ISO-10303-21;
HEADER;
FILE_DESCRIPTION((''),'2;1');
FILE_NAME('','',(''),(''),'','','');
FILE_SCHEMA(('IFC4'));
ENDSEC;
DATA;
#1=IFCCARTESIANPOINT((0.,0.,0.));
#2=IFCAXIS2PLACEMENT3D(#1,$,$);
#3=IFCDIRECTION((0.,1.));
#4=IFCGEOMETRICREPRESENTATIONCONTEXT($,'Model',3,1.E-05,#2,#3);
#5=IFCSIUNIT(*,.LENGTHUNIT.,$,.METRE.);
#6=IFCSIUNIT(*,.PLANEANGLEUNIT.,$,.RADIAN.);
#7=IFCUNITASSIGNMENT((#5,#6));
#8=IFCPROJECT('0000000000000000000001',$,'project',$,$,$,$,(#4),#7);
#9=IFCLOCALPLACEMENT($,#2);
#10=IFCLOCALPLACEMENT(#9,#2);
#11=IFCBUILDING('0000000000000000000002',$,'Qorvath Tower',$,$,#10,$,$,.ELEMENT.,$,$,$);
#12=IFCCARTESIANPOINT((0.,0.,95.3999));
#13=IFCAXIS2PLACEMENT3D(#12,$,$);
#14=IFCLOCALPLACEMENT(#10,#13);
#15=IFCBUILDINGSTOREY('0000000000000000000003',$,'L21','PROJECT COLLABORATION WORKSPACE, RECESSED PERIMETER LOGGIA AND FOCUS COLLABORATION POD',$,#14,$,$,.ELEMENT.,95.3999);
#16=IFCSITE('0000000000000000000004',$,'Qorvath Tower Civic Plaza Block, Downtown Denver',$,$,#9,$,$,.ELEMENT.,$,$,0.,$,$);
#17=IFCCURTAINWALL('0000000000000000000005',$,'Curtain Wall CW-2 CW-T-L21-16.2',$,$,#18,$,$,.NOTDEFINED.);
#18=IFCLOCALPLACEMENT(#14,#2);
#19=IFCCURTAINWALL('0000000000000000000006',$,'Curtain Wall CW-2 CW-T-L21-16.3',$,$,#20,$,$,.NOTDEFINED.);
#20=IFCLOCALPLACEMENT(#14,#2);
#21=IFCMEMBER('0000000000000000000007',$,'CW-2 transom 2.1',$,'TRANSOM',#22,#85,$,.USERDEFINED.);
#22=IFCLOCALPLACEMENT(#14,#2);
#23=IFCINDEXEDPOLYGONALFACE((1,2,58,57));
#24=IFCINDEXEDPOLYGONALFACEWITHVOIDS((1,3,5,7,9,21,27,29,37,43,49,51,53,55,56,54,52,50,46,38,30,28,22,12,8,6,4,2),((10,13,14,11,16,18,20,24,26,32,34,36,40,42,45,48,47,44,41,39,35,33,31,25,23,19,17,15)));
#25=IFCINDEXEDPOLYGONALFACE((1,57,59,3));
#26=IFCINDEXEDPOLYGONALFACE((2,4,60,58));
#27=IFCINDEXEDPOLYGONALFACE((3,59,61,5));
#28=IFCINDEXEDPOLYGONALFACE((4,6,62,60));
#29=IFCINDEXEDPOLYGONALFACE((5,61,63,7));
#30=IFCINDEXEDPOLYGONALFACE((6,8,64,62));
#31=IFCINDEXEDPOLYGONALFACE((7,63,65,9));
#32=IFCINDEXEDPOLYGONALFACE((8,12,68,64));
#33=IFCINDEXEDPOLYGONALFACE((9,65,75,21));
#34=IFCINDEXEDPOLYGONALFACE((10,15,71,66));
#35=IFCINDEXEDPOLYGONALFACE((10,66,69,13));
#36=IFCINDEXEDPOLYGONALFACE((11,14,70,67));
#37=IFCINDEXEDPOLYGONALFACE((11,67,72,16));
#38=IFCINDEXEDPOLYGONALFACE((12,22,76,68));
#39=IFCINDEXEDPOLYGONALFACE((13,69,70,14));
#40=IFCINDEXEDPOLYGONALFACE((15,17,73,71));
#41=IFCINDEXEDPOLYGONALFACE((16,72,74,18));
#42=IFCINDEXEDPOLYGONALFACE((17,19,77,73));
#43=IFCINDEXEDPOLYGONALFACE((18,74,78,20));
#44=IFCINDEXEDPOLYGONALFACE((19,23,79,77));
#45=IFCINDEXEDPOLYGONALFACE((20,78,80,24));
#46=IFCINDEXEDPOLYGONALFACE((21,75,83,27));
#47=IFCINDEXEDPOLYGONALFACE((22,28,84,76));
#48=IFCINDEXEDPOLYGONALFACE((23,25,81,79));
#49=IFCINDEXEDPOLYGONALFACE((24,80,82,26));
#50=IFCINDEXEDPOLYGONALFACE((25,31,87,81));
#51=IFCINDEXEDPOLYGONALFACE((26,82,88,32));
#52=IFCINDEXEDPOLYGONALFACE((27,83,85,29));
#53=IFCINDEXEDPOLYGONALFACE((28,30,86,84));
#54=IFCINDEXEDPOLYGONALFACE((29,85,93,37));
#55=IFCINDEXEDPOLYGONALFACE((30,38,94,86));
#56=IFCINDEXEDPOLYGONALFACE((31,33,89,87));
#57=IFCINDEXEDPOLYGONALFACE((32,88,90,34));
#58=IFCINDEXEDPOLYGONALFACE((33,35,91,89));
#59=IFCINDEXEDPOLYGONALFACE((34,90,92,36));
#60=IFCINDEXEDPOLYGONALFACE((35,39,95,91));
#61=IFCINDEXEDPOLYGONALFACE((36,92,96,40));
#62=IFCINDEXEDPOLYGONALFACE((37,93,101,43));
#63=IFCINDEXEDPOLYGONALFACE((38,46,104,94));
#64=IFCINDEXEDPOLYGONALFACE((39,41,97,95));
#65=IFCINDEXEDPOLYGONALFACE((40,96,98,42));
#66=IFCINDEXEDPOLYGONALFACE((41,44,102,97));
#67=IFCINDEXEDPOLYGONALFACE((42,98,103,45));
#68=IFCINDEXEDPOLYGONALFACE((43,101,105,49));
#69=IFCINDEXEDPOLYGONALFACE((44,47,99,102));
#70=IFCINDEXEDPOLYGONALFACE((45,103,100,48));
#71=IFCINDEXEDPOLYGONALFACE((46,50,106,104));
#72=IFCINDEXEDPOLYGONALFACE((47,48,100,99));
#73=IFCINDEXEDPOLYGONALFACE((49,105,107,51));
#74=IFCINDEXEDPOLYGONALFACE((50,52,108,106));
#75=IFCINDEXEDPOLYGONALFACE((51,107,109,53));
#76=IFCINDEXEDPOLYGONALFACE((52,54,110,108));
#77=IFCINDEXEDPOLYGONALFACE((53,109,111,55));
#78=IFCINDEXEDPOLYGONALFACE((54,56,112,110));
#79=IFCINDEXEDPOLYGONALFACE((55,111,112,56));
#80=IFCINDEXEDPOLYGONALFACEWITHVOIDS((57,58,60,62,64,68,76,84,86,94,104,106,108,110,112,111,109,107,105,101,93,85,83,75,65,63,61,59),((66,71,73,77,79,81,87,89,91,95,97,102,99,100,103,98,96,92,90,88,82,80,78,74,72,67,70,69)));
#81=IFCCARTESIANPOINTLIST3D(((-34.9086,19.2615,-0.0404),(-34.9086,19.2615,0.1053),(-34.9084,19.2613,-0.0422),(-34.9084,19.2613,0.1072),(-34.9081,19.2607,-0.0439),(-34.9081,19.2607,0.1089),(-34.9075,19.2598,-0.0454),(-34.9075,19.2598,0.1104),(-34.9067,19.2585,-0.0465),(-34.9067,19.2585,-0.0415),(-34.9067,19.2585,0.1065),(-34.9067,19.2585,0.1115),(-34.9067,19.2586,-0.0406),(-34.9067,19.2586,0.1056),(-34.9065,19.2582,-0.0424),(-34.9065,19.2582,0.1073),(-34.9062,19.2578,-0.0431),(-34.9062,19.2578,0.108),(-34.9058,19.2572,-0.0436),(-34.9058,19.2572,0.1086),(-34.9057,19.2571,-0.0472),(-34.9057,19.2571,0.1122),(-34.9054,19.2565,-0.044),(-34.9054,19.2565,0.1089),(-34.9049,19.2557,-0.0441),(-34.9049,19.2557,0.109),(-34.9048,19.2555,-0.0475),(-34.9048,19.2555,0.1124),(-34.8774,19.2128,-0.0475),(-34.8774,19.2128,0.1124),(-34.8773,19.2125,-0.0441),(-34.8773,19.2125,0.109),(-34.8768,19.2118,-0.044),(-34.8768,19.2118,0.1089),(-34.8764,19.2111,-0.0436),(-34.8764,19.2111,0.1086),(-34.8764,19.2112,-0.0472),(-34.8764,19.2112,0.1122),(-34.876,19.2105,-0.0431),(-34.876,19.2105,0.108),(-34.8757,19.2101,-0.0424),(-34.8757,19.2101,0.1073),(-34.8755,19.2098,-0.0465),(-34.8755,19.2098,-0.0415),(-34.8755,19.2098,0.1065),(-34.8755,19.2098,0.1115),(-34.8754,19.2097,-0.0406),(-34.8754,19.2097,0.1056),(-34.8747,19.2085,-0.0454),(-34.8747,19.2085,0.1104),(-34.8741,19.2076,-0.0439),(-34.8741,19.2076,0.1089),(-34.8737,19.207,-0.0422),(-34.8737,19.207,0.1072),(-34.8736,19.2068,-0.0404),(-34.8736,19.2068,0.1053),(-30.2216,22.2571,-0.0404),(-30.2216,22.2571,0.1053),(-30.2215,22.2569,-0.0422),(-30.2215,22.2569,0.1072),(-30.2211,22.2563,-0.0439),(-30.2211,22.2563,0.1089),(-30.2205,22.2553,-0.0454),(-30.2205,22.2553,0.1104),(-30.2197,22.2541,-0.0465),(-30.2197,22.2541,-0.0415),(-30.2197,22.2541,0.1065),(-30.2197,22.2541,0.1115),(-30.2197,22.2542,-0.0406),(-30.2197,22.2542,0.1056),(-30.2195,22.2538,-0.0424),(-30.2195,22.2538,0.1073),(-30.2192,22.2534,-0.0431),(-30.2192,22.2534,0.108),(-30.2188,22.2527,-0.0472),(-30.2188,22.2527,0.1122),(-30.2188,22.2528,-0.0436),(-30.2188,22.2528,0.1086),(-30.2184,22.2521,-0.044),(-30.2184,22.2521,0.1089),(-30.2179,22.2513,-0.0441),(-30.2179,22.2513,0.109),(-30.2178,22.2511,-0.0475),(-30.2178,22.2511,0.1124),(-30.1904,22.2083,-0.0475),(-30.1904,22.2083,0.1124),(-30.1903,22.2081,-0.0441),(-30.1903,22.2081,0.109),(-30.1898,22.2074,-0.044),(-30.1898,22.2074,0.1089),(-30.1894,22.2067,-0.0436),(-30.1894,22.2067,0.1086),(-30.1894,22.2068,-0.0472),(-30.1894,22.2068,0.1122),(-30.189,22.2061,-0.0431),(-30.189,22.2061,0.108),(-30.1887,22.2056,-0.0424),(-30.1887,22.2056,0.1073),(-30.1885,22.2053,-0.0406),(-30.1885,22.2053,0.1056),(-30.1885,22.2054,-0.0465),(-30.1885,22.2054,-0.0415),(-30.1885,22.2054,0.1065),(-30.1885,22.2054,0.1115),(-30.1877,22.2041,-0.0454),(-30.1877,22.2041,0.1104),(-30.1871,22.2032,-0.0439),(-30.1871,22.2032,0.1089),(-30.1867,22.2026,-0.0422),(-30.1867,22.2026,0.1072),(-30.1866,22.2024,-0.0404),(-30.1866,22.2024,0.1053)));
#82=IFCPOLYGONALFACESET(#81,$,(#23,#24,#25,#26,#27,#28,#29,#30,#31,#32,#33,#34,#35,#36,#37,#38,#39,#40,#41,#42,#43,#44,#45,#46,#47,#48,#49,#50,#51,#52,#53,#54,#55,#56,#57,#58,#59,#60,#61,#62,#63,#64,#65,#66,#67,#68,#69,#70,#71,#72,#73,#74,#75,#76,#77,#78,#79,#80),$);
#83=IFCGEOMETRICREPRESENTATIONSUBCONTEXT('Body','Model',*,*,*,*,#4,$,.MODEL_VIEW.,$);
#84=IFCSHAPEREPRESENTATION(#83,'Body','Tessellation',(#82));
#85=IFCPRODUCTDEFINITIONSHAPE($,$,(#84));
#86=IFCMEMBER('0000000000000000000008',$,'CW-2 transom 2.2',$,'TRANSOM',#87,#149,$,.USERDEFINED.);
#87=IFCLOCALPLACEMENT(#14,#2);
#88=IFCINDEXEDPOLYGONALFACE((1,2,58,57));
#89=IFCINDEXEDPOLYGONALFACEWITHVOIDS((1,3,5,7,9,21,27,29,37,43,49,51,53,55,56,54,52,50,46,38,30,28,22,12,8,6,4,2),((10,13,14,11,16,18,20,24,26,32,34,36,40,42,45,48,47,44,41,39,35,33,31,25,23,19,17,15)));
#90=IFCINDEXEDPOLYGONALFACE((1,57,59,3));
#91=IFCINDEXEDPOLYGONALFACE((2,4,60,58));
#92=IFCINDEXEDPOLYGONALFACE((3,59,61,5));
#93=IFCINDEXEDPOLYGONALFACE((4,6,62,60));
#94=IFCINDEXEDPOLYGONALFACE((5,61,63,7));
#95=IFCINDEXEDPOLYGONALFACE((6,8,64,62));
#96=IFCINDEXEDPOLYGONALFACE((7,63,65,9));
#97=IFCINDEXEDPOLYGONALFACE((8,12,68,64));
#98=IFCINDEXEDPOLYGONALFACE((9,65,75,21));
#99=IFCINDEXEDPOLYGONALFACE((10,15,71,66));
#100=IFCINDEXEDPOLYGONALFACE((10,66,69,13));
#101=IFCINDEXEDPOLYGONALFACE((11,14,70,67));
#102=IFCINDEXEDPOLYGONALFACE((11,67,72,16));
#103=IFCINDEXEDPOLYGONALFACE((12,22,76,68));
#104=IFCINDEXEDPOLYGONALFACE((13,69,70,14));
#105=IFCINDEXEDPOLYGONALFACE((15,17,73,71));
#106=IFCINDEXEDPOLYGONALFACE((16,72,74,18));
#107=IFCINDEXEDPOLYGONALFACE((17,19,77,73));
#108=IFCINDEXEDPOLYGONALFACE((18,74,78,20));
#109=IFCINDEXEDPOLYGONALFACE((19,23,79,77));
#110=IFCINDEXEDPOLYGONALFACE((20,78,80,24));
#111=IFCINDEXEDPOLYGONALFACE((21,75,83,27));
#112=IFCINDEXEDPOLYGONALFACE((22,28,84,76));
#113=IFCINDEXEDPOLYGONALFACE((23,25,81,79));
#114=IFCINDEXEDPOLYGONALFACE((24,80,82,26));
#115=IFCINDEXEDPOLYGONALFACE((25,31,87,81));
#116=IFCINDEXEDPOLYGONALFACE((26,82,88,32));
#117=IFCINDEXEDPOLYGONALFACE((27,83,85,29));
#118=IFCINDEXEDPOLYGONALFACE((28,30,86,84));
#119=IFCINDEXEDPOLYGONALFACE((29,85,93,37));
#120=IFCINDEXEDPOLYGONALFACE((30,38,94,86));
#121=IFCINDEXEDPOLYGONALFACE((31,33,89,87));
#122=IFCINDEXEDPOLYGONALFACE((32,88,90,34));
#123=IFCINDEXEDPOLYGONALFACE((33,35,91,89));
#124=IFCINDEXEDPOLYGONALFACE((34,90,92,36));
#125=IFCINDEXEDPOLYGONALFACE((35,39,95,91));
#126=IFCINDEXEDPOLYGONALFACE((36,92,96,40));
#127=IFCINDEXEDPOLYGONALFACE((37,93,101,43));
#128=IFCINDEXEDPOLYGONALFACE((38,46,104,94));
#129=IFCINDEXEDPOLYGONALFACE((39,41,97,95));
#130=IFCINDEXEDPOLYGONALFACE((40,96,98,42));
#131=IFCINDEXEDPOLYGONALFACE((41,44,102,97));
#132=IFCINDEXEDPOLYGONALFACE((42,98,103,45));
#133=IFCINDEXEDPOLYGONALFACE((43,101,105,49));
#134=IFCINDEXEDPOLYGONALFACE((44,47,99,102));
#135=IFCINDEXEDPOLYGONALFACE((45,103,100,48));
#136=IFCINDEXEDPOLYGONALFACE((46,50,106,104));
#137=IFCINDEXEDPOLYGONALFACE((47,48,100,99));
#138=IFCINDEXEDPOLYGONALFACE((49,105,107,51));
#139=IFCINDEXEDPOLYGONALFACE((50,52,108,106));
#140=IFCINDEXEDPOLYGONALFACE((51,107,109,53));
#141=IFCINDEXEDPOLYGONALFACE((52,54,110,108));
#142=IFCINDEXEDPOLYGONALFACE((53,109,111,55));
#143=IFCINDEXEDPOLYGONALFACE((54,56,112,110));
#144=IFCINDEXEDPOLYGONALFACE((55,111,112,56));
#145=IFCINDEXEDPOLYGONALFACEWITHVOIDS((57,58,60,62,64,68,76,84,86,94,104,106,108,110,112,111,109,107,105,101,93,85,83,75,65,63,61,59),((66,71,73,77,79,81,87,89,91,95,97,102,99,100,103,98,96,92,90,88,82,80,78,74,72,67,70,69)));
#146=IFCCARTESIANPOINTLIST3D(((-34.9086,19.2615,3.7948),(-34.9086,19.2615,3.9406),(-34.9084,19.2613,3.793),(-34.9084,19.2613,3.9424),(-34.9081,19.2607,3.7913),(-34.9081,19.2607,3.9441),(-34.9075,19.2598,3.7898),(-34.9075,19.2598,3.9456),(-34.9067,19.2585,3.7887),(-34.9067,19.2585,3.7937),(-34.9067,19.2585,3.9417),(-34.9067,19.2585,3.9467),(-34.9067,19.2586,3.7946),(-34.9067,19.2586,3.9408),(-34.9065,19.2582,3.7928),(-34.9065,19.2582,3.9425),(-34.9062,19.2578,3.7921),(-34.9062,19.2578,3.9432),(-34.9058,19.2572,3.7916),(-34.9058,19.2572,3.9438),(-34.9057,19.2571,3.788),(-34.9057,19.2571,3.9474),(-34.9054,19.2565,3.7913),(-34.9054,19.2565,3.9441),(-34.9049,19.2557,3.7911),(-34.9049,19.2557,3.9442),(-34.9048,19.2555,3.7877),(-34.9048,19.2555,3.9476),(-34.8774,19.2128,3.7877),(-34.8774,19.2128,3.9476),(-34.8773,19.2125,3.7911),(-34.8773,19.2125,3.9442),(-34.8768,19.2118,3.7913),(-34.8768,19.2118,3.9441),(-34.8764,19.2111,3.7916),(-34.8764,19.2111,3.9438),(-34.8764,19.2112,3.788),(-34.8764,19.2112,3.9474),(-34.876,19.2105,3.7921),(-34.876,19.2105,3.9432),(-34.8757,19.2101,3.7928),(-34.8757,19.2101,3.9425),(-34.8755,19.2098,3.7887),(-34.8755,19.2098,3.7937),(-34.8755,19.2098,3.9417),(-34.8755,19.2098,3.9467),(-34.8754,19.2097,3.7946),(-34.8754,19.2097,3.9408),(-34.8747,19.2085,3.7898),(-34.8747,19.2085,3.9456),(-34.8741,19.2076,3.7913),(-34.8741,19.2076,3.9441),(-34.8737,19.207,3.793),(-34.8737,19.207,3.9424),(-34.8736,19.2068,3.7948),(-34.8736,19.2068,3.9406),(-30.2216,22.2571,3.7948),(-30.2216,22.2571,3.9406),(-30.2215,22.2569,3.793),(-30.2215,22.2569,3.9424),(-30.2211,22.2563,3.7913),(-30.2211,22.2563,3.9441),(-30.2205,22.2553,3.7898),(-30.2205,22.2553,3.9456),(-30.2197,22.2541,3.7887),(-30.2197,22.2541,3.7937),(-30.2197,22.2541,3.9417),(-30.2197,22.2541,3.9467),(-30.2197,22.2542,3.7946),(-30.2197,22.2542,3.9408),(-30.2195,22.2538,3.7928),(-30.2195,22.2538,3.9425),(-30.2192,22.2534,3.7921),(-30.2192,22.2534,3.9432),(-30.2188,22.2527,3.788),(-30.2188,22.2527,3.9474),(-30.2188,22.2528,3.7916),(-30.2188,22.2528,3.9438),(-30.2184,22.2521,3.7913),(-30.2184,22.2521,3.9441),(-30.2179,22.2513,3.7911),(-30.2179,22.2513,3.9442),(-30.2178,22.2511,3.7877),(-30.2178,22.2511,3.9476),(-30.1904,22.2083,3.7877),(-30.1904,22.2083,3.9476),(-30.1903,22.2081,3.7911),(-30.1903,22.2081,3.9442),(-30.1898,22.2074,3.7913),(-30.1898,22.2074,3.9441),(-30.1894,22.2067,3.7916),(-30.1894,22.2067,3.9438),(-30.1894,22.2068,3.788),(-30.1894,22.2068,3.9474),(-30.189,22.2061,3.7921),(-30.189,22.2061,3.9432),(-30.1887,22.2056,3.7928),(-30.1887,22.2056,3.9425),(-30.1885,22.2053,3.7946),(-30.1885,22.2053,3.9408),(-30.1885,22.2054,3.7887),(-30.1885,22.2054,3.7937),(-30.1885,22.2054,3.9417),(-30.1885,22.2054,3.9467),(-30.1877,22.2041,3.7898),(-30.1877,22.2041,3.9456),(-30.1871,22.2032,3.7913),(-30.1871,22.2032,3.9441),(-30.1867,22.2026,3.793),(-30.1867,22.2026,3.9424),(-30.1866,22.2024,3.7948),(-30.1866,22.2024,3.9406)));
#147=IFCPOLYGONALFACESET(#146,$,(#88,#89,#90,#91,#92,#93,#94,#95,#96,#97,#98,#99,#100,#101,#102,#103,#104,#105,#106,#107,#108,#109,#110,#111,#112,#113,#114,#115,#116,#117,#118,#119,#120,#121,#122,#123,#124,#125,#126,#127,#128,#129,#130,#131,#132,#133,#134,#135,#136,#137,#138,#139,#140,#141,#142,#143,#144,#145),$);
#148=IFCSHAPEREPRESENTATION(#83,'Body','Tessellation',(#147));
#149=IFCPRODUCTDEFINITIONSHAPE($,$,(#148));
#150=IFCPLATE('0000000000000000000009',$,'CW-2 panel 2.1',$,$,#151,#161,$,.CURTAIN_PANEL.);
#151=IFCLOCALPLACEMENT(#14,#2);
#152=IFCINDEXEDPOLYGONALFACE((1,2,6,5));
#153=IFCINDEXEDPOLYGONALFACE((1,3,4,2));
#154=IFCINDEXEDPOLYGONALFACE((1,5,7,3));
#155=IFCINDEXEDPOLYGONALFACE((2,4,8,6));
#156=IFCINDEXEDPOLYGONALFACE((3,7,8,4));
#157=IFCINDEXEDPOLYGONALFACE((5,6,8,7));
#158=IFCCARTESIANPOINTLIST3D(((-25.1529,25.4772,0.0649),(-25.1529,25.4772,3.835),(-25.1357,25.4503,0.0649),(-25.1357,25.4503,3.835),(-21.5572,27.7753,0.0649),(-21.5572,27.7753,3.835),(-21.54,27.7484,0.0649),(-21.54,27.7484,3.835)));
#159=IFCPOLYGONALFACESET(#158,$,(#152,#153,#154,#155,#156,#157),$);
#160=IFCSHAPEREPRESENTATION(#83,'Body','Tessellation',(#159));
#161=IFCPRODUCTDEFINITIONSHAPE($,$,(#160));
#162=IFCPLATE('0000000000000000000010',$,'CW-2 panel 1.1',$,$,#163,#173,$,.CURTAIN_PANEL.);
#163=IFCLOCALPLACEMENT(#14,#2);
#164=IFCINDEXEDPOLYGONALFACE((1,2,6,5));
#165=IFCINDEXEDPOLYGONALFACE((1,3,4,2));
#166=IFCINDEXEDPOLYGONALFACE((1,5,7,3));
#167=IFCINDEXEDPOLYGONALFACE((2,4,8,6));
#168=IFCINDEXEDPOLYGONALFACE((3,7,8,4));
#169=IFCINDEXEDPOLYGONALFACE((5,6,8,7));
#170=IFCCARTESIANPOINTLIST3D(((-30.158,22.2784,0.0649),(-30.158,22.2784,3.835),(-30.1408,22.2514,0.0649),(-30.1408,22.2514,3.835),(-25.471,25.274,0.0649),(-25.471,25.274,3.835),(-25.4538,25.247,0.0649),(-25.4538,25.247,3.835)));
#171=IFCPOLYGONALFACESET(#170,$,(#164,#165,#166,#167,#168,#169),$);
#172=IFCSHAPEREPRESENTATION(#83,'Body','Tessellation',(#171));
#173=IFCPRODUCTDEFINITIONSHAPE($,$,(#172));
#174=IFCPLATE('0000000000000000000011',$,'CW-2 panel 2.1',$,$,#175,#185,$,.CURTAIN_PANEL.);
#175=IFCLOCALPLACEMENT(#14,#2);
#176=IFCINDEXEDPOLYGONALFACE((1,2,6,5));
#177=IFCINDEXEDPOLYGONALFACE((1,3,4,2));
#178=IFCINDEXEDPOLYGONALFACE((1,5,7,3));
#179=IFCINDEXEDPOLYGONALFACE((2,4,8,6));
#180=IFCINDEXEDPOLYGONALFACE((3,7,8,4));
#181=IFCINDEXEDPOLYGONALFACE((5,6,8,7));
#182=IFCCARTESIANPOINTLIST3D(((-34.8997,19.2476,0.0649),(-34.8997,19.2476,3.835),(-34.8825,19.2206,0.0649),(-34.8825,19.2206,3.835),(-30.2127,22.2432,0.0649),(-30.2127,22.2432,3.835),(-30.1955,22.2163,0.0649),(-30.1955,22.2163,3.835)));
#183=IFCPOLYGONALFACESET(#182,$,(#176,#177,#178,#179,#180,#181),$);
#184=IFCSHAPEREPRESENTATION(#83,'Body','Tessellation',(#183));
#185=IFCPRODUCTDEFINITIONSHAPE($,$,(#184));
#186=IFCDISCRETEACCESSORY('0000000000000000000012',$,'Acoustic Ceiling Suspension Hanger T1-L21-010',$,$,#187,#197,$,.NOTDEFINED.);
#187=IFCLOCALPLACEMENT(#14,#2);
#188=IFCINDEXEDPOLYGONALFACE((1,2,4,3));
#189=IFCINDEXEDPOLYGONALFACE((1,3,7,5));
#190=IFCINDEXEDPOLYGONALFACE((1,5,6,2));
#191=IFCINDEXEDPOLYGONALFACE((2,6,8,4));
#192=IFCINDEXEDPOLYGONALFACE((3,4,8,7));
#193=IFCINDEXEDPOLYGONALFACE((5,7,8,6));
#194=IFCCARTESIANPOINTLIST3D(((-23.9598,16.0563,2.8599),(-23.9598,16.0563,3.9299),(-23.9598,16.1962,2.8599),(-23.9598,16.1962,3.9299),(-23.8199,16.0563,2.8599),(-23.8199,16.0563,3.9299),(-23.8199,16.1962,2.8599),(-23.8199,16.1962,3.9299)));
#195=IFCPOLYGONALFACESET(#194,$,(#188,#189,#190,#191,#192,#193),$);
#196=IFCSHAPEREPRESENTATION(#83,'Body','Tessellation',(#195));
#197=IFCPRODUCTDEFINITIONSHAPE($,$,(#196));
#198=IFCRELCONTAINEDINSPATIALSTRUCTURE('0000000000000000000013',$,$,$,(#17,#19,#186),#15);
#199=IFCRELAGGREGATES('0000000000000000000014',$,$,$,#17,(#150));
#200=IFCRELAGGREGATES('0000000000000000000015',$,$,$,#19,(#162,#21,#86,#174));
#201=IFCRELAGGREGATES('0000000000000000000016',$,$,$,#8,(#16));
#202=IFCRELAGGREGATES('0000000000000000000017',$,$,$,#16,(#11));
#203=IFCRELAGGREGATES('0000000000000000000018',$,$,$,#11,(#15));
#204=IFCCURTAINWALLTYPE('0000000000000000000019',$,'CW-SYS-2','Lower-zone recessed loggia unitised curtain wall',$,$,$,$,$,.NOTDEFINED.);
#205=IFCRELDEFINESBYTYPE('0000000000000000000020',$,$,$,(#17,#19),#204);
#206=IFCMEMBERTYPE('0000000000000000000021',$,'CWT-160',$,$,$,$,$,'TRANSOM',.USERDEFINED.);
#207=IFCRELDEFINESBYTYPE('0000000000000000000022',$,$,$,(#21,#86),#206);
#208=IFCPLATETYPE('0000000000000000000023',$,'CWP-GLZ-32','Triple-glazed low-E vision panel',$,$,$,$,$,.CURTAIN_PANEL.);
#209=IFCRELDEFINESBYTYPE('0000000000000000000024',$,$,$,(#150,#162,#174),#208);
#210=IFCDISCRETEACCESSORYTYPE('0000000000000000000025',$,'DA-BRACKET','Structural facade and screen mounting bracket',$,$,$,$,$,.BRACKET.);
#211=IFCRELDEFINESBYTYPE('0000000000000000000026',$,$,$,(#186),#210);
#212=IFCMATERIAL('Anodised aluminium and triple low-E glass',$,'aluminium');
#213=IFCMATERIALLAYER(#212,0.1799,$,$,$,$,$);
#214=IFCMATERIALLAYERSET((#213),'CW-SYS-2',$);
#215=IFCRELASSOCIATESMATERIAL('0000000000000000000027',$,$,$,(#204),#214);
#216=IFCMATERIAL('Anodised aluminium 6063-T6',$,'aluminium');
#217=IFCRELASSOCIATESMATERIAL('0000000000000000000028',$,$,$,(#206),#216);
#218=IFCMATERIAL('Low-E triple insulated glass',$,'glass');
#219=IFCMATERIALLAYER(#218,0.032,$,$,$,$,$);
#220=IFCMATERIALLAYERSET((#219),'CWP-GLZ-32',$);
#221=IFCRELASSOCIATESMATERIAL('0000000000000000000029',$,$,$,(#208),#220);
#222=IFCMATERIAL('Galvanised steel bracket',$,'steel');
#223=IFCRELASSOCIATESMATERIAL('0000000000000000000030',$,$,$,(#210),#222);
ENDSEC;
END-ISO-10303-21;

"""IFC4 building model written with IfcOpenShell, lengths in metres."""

from ifc_helpers import new_model, si_unit, direction, frame, origin, origin_2d, place, context, subcontext, project, spatial, rectangle, hollow_rectangle, extrude, material, layer, layer_set, material_profile, profile_set, type_object, element, aggregate, save


model = new_model("IFC4")

# Units and contexts
model_context = context("Model", 3, precision=1e-05, world=origin(), true_north=direction((0.0, 1.0)))
body_context = subcontext(model_context, "Body", "Model", "MODEL_VIEW")
ifc_project = project(units=[si_unit("LENGTHUNIT", "METRE"), si_unit("PLANEANGLEUNIT", "RADIAN")], contexts=[model_context])

# Site, building, storey
site_placement = place(None, origin())
site = spatial("IfcSite", under=ifc_project, at=site_placement, Name="Qorvath Tower Civic Plaza Block, Downtown Denver", CompositionType="ELEMENT", RefElevation=0.0)
building_placement = place(site_placement, origin())
building = spatial("IfcBuilding", under=site, at=building_placement, Name="Qorvath Tower", CompositionType="ELEMENT")
storey_placement = place(building_placement, frame((0.0, 0.0, 95.3999)))
storey = spatial("IfcBuildingStorey", under=building, at=storey_placement, Name="L21", Description="PROJECT COLLABORATION WORKSPACE, RECESSED PERIMETER LOGGIA AND FOCUS COLLABORATION POD", CompositionType="ELEMENT", Elevation=95.3999)

# Curtain walls
ifc_material_1 = material(Name="Anodised aluminium and triple low-E glass", Category="aluminium")
ifc_layer_1 = layer(ifc_material_1, 0.1799)
ifc_layer_set_1 = layer_set([ifc_layer_1], Name="CW-SYS-2")
curtain_wall_type = type_object("IfcCurtainWallType", Name="CW-SYS-2", Description="Lower-zone recessed loggia unitised curtain wall", PredefinedType="NOTDEFINED", material=ifc_layer_set_1)
curtain_wall_1_placement = place(storey_placement, origin())
curtain_wall_1 = element("IfcCurtainWall", 1, at=curtain_wall_1_placement, inside=storey, type_object=curtain_wall_type, Name="Curtain Wall CW-2 CW-T-L21-16.2", PredefinedType="NOTDEFINED")
curtain_wall_2_placement = place(storey_placement, origin())
curtain_wall_2 = element("IfcCurtainWall", 2, at=curtain_wall_2_placement, inside=storey, type_object=curtain_wall_type, Name="Curtain Wall CW-2 CW-T-L21-16.3", PredefinedType="NOTDEFINED")

# Members
ifc_material_2 = material(Name="Anodised aluminium 6063-T6", Category="aluminium")
ifc_material_profile_1 = material_profile(ifc_material_2, hollow_rectangle(XDim=0.0649, YDim=0.1599, WallThickness=0.0034, InnerFilletRadius=0.0034, OuterFilletRadius=0.0071, at=origin_2d()), Name="CWT 160x65")
ifc_profile_set_1 = profile_set([ifc_material_profile_1], Name="Anodised aluminium 6063-T6")
member_type_1 = type_object("IfcMemberType", Name="CWT-160", ElementType="TRANSOM", PredefinedType="USERDEFINED", material=ifc_profile_set_1)
member_1_placement = place(storey_placement, frame((-30.2041, 22.2297, 0.0325), z_axis=(-0.842604, -0.538533, 0.0), x_axis=(0.538533, -0.842604, 0.0)))
member_1 = element("IfcMember", 3, at=member_1_placement, type_object=member_type_1, Name="CW-2 transom 2.1", ObjectType="TRANSOM", PredefinedType="USERDEFINED", context=body_context, shape_type="SweptSolid", body=[
    extrude(hollow_rectangle(XDim=0.0649, YDim=0.1599, WallThickness=0.0034, InnerFilletRadius=0.0034, OuterFilletRadius=0.0071, at=origin_2d()), origin(), (0.0, 0.0, 1.0), 5.5625),
])
member_2_placement = place(storey_placement, frame((-30.2041, 22.2297, 3.8677), z_axis=(-0.842604, -0.538533, 0.0), x_axis=(0.538533, -0.842604, 0.0)))
member_2 = element("IfcMember", 4, at=member_2_placement, type_object=member_type_1, Name="CW-2 transom 2.2", ObjectType="TRANSOM", PredefinedType="USERDEFINED", context=body_context, shape_type="SweptSolid", body=[
    extrude(hollow_rectangle(XDim=0.0649, YDim=0.1599, WallThickness=0.0034, InnerFilletRadius=0.0034, OuterFilletRadius=0.0071, at=origin_2d()), origin(), (0.0, 0.0, 1.0), 5.5625),
])

# Plates
ifc_material_3 = material(Name="Low-E triple insulated glass", Category="glass")
ifc_layer_2 = layer(ifc_material_3, 0.032)
ifc_layer_set_2 = layer_set([ifc_layer_2], Name="CWP-GLZ-32")
plate_type = type_object("IfcPlateType", Name="CWP-GLZ-32", Description="Triple-glazed low-E vision panel", PredefinedType="CURTAIN_PANEL", material=ifc_layer_set_2)
plate_1_placement = place(storey_placement, frame((-23.3464, 26.6128, 0.0649), z_axis=(0.0, 0.0, 1.0), x_axis=(-0.8426, -0.53854, 0.0)))
plate_1 = element("IfcPlate", 5, at=plate_1_placement, type_object=plate_type, Name="CW-2 panel 2.1", PredefinedType="CURTAIN_PANEL", context=body_context, shape_type="SweptSolid", body=[
    extrude(rectangle(XDim=4.2673, YDim=0.032, at=origin_2d()), origin(), (0.0, 0.0, 1.0), 3.77),
])
aggregate(curtain_wall_1, [plate_1])
plate_2_placement = place(storey_placement, frame((-27.8059, 23.7627, 0.0649), z_axis=(0.0, 0.0, 1.0), x_axis=(-0.842599, -0.538541, 0.0)))
plate_2 = element("IfcPlate", 6, at=plate_2_placement, type_object=plate_type, Name="CW-2 panel 1.1", PredefinedType="CURTAIN_PANEL", context=body_context, shape_type="SweptSolid", body=[
    extrude(rectangle(XDim=5.5625, YDim=0.032, at=origin_2d()), origin(), (0.0, 0.0, 1.0), 3.77),
])
plate_3_placement = place(storey_placement, frame((-32.5476, 20.7319, 0.0649), z_axis=(0.0, 0.0, 1.0), x_axis=(-0.842599, -0.538541, 0.0)))
plate_3 = element("IfcPlate", 7, at=plate_3_placement, type_object=plate_type, Name="CW-2 panel 2.1", PredefinedType="CURTAIN_PANEL", context=body_context, shape_type="SweptSolid", body=[
    extrude(rectangle(XDim=5.5625, YDim=0.032, at=origin_2d()), origin(), (0.0, 0.0, 1.0), 3.77),
])
aggregate(curtain_wall_2, [plate_2, member_1, member_2, plate_3])

# Discrete accessory
ifc_material_4 = material(Name="Galvanised steel bracket", Category="steel")
discrete_accessory_type = type_object("IfcDiscreteAccessoryType", Name="DA-BRACKET", Description="Structural facade and screen mounting bracket", PredefinedType="BRACKET", material=ifc_material_4)
discrete_accessory_placement = place(storey_placement, frame((-23.8899, 16.1262, 2.8599), z_axis=(0.0, 0.0, 1.0), x_axis=(1.0, 0.0, 0.0)))
element("IfcDiscreteAccessory", 8, at=discrete_accessory_placement, inside=storey, type_object=discrete_accessory_type, Name="Acoustic Ceiling Suspension Hanger T1-L21-010", PredefinedType="NOTDEFINED", context=body_context, shape_type="SweptSolid", body=[
    extrude(rectangle(XDim=0.1399, YDim=0.1399, at=origin_2d()), origin(), (0.0, 0.0, 1.0), 1.0701),
])

save(model, "model.ifc")
